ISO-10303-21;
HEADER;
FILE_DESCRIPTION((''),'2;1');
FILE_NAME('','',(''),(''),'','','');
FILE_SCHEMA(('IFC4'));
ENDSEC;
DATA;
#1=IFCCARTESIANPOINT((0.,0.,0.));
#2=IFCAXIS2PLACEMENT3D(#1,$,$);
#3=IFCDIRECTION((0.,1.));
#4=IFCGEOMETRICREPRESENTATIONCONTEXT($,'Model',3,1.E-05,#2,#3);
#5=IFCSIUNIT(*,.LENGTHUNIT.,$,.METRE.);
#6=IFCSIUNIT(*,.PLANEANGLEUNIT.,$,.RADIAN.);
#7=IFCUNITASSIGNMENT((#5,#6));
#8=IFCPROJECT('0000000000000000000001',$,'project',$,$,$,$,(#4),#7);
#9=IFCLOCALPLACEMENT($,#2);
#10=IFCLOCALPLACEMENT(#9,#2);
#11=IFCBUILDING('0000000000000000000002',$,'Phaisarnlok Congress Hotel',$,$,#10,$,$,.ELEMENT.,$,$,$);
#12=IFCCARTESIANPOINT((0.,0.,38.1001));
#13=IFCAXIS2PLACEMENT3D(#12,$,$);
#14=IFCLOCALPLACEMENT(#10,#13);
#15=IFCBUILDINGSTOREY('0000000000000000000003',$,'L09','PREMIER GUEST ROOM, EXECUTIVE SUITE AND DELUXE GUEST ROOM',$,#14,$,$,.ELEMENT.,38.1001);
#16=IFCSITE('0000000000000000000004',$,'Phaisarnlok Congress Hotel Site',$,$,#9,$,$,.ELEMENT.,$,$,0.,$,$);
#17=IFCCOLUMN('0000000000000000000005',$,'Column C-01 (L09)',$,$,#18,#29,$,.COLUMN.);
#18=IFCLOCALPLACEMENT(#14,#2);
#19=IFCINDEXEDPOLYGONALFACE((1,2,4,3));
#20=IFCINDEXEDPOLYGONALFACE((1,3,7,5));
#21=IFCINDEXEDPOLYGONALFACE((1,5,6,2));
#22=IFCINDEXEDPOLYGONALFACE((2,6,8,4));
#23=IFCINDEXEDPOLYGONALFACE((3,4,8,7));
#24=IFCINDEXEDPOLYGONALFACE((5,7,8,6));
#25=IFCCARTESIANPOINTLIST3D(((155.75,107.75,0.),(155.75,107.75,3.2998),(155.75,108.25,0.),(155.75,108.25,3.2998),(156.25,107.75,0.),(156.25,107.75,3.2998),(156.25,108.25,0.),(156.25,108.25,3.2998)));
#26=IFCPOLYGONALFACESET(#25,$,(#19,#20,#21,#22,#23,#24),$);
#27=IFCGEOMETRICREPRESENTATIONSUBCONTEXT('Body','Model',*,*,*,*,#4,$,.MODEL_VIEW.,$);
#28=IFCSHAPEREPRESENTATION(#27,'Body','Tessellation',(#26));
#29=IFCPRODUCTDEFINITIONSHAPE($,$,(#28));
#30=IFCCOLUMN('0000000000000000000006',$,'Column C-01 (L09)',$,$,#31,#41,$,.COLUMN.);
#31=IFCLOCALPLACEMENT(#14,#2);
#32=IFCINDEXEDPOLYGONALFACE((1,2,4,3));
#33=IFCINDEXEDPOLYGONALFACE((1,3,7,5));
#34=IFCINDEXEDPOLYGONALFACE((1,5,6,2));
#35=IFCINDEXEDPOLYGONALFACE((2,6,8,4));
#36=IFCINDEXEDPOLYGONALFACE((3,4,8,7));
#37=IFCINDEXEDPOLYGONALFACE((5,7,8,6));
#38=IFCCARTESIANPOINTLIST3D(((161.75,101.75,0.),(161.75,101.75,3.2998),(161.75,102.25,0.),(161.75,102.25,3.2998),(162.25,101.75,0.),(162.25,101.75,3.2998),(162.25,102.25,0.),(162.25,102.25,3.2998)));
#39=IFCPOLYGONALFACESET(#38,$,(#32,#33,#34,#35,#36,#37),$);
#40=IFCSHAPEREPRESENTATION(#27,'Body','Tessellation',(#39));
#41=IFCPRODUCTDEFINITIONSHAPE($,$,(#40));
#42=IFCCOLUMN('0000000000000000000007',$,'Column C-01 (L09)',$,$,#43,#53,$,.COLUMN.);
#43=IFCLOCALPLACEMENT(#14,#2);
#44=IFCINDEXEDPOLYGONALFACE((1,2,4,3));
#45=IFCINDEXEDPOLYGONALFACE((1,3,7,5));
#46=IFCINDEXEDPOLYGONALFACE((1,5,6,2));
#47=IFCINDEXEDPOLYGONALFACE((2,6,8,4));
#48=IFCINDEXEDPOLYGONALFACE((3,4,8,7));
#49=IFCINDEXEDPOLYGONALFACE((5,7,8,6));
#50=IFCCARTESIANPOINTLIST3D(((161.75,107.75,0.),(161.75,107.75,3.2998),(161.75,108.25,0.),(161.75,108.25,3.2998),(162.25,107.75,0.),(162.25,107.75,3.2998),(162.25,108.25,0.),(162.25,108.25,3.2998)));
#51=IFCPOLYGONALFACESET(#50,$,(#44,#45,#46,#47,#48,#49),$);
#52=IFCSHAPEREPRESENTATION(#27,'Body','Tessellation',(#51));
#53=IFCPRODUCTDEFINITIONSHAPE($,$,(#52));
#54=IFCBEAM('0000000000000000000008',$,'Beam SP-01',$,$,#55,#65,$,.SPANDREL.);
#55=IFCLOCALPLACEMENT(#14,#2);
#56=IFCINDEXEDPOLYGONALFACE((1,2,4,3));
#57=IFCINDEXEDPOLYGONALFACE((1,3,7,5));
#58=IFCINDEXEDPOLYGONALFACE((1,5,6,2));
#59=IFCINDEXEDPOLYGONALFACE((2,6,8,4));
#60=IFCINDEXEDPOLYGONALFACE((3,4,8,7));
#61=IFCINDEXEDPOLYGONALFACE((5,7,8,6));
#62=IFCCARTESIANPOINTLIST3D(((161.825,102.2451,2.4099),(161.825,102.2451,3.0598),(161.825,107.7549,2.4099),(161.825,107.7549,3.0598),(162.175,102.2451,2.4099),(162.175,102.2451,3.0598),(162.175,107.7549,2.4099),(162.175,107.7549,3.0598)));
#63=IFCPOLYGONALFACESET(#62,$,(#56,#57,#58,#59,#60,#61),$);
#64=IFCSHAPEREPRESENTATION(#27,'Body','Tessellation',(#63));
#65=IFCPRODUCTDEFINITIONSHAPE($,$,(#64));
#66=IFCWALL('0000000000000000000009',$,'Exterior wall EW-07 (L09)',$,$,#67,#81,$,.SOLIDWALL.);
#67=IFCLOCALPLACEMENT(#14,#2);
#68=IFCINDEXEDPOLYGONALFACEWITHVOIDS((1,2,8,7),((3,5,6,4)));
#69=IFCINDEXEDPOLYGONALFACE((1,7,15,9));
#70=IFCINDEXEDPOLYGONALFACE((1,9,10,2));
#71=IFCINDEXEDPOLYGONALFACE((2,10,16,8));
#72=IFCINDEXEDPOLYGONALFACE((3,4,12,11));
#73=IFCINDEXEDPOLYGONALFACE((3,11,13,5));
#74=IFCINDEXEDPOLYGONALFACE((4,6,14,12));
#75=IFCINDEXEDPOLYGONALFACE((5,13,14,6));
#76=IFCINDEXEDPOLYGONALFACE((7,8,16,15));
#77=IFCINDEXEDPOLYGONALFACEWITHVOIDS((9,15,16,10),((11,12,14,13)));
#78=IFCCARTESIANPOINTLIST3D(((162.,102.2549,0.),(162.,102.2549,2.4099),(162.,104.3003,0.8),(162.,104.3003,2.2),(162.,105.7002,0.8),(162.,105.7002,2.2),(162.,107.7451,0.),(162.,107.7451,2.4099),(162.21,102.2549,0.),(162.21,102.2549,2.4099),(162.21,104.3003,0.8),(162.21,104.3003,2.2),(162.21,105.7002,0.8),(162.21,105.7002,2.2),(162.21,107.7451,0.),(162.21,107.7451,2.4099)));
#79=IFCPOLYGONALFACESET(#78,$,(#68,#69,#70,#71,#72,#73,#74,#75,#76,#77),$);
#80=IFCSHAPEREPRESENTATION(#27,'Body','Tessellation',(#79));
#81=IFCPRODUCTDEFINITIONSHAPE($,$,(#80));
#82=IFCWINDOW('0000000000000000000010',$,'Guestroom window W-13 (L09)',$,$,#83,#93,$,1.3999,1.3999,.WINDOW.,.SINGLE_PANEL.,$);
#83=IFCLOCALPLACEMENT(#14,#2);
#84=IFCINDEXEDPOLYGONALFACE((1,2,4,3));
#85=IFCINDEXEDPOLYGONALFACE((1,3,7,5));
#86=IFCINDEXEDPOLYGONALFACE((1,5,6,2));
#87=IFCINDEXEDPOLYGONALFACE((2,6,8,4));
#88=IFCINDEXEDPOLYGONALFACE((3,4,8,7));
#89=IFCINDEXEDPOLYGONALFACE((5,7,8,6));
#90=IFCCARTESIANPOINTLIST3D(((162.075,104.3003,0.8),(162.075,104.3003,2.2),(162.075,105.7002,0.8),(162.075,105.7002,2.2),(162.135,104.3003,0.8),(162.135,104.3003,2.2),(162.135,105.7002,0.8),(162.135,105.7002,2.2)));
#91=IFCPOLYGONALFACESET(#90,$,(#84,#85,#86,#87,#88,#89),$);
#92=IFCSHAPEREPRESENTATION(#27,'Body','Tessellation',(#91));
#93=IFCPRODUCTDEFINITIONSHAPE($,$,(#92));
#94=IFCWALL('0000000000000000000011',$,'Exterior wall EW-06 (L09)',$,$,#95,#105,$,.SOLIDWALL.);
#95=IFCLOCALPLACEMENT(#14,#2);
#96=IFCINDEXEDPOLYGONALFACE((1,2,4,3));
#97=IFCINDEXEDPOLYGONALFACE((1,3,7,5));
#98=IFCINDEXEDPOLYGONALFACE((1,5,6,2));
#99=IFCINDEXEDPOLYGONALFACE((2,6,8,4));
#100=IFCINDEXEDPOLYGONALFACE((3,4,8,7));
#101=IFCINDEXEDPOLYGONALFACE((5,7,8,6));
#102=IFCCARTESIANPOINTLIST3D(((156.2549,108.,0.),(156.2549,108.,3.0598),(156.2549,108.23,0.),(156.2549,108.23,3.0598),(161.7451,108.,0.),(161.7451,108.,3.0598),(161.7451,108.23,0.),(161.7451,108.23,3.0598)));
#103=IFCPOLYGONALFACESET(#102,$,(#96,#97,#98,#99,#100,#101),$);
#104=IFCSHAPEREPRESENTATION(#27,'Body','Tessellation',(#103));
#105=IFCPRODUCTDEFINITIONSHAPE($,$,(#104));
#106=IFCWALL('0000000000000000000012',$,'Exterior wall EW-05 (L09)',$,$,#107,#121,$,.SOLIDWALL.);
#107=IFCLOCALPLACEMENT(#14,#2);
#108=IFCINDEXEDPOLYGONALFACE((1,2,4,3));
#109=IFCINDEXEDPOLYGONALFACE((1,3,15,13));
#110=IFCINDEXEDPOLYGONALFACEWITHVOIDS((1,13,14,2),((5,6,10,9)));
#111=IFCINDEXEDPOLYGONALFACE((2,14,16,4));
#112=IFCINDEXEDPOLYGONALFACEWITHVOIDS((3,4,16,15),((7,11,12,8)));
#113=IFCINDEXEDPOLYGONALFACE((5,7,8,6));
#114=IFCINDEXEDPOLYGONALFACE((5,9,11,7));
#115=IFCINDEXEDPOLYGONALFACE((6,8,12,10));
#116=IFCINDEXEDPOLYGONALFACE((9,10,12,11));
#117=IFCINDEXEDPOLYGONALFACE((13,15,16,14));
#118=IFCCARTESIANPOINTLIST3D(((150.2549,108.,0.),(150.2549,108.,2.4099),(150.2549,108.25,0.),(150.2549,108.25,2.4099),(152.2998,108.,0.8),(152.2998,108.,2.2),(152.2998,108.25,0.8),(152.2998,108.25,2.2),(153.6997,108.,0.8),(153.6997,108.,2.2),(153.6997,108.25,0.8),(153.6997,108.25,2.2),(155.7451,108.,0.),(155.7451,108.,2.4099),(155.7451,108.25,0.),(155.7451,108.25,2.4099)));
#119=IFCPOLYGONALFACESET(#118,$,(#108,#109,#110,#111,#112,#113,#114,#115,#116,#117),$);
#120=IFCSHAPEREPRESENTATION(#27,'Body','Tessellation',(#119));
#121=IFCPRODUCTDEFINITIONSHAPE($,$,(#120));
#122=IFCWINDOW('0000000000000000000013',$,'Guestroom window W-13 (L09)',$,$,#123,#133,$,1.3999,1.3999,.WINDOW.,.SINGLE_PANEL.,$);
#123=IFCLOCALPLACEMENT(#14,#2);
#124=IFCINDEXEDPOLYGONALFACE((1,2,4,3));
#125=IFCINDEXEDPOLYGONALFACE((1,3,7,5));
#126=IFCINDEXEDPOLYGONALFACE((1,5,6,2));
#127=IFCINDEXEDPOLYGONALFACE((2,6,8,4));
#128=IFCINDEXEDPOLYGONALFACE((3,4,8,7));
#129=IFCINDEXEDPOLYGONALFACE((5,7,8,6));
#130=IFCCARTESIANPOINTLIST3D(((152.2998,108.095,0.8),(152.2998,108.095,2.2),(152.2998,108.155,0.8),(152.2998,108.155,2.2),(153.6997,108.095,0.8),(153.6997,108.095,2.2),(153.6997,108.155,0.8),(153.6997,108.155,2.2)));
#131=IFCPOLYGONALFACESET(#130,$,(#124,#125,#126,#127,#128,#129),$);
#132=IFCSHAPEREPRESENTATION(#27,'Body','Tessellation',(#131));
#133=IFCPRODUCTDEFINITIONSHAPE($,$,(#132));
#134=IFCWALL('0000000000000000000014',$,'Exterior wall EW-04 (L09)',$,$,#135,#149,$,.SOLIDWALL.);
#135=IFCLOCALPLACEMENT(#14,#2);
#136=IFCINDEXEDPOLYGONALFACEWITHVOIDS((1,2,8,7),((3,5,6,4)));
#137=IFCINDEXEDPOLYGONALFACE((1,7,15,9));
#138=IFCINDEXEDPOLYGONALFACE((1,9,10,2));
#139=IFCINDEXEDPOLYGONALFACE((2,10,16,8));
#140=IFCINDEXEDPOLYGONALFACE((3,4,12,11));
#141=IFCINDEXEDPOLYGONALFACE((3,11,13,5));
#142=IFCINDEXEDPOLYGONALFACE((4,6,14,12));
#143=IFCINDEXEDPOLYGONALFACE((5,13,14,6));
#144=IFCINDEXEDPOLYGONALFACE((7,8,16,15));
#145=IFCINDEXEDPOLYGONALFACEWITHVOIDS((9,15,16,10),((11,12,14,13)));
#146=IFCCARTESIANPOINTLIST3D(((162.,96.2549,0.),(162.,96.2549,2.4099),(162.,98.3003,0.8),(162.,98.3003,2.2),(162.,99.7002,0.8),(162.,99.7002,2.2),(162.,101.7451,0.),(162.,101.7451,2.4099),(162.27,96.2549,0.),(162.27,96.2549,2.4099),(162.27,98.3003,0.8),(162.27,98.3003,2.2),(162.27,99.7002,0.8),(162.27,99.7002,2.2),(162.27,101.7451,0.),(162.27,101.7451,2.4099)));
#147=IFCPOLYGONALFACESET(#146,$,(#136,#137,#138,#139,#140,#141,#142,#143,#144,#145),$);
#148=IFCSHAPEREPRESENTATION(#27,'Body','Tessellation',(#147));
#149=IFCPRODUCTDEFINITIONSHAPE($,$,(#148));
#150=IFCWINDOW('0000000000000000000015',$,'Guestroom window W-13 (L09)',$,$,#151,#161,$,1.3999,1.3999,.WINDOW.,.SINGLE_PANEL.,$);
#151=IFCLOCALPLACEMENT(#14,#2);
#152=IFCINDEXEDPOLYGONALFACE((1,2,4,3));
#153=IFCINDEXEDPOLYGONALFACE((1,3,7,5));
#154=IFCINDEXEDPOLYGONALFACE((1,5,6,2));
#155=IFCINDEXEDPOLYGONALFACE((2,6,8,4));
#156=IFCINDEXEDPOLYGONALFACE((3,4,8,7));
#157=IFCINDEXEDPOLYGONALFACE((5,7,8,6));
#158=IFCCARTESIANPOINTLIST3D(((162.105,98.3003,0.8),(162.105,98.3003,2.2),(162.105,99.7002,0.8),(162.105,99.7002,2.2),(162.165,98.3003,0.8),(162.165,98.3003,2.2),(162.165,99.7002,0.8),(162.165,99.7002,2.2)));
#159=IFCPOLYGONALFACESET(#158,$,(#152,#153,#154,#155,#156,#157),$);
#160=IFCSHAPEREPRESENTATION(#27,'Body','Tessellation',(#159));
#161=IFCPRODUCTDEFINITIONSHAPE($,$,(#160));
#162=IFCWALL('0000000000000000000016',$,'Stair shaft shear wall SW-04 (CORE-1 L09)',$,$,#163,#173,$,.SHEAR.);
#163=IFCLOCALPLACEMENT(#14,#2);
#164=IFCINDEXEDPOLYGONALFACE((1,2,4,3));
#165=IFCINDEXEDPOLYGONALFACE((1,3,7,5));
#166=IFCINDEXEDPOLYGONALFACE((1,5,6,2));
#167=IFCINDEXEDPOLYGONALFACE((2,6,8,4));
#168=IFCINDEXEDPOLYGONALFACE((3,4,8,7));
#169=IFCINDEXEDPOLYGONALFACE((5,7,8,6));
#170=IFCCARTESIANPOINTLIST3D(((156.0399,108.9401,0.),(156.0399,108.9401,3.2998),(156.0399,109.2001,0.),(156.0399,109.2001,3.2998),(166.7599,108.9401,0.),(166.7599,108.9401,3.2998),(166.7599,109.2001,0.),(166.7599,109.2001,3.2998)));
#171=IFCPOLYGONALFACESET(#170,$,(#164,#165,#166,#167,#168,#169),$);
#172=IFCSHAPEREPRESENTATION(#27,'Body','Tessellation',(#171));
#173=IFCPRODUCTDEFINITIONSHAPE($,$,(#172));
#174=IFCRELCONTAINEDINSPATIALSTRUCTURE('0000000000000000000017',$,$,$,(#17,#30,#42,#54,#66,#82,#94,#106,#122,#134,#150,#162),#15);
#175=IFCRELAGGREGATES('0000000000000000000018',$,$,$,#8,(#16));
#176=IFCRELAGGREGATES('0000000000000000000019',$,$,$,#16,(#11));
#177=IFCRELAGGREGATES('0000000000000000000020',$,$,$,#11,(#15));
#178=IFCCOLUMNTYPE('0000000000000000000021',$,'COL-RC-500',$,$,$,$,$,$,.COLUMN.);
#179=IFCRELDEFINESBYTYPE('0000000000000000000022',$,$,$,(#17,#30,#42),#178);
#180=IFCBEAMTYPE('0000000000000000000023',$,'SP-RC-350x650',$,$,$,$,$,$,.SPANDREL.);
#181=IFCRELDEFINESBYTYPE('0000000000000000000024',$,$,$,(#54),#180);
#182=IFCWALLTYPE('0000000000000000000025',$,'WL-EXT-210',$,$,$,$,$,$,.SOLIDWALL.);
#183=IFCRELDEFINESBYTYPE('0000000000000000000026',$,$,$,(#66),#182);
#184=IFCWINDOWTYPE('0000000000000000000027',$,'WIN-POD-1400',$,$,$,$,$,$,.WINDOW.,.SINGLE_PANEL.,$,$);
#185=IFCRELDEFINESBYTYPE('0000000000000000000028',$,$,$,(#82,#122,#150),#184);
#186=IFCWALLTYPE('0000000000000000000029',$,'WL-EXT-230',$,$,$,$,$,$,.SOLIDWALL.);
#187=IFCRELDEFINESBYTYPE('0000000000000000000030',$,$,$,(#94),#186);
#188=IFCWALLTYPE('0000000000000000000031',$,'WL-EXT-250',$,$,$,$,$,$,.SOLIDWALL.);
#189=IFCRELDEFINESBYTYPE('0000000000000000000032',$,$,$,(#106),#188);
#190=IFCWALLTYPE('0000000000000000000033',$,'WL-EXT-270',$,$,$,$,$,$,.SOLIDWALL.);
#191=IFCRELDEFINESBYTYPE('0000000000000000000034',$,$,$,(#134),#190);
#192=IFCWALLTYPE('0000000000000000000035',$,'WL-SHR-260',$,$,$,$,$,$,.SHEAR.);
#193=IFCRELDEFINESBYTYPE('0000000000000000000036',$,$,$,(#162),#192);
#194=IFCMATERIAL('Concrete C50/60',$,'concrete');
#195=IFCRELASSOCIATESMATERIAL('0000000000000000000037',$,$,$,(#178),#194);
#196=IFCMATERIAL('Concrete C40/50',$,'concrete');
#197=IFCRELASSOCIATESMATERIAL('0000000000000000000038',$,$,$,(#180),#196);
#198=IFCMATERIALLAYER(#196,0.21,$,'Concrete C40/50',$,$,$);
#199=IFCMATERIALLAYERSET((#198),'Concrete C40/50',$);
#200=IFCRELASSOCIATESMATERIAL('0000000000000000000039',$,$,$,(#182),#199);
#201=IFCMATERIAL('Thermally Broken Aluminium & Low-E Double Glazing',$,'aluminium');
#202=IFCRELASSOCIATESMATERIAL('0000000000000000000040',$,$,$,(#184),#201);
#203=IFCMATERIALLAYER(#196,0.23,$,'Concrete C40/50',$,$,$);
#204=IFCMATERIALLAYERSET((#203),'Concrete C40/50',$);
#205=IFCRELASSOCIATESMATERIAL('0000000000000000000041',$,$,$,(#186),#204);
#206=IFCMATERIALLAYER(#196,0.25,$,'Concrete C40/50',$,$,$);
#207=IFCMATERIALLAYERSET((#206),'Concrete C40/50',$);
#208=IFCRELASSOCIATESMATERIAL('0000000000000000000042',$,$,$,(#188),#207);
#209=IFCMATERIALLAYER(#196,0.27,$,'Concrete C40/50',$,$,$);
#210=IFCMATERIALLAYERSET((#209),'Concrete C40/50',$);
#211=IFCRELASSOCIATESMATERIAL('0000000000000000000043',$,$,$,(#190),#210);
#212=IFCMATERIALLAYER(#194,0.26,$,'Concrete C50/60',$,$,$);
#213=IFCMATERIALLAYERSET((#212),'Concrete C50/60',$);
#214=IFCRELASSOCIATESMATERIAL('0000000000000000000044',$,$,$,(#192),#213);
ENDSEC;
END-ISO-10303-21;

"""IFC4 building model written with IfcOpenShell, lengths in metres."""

from ifc_helpers import new_model, si_unit, direction, frame, frame_2d, origin, origin_2d, place, context, subcontext, project, spatial, rectangle, extrude, material, layer, layer_set, material_profile, profile_set, type_object, element, fill, save


model = new_model("IFC4")

# Units and contexts
model_context = context("Model", 3, precision=1e-05, world=origin(), true_north=direction((0.0, 1.0)))
body_context = subcontext(model_context, "Body", "Model", "MODEL_VIEW")
ifc_project = project(units=[si_unit("LENGTHUNIT", "METRE"), si_unit("PLANEANGLEUNIT", "RADIAN")], contexts=[model_context])

# Site, building, storey
site_placement = place(None, origin())
site = spatial("IfcSite", under=ifc_project, at=site_placement, Name="Phaisarnlok Congress Hotel Site", CompositionType="ELEMENT", RefElevation=0.0)
building_placement = place(site_placement, origin())
building = spatial("IfcBuilding", under=site, at=building_placement, Name="Phaisarnlok Congress Hotel", CompositionType="ELEMENT")
storey_placement = place(building_placement, frame((0.0, 0.0, 38.1001)))
storey = spatial("IfcBuildingStorey", under=building, at=storey_placement, Name="L09", Description="PREMIER GUEST ROOM, EXECUTIVE SUITE AND DELUXE GUEST ROOM", CompositionType="ELEMENT", Elevation=38.1001)

# Columns
ifc_material_1 = material(Name="Concrete C50/60", Category="concrete")
ifc_material_profile_1 = material_profile(ifc_material_1, rectangle(XDim=0.5, YDim=0.5, at=origin_2d()), Name="RC 500x500")
ifc_profile_set_1 = profile_set([ifc_material_profile_1], Name="Concrete C50/60")
column_type = type_object("IfcColumnType", Name="COL-RC-500", PredefinedType="COLUMN", material=ifc_profile_set_1)
for number, where, z_axis, x_axis, name in (
    (1, (156.0, 108.0, 0.0), (0.0, 0.0, 1.0), (1.0, 0.0, 0.0), "Column C-01 (L09)"),
    (2, (162.0, 102.0, 0.0), (0.0, 0.0, 1.0), (1.0, 0.0, 0.0), "Column C-01 (L09)"),
    (3, (162.0, 108.0, 0.0), (0.0, 0.0, 1.0), (1.0, 0.0, 0.0), "Column C-01 (L09)"),
):
    element("IfcColumn", number, at=place(storey_placement, frame(where, z_axis=z_axis, x_axis=x_axis)), inside=storey, type_object=column_type, Name=name, PredefinedType="COLUMN", context=body_context, shape_type="SweptSolid", body=[
        extrude(rectangle(XDim=0.5, YDim=0.5, at=origin_2d()), origin(), (0.0, 0.0, 1.0), 3.2998),
    ])

# Beam
ifc_material_2 = material(Name="Concrete C40/50", Category="concrete")
ifc_material_profile_2 = material_profile(ifc_material_2, rectangle(XDim=0.3501, YDim=0.6499, at=origin_2d()), Name="RC 350x650")
ifc_profile_set_2 = profile_set([ifc_material_profile_2], Name="Concrete C40/50")
beam_type = type_object("IfcBeamType", Name="SP-RC-350x650", PredefinedType="SPANDREL", material=ifc_profile_set_2)
beam_placement = place(storey_placement, frame((162.0, 102.2451, 2.7349), z_axis=(0.0, 1.0, 0.0), x_axis=(-1.0, 0.0, 0.0)))
element("IfcBeam", 4, at=beam_placement, inside=storey, type_object=beam_type, Name="Beam SP-01", PredefinedType="SPANDREL", context=body_context, shape_type="SweptSolid", body=[
    extrude(rectangle(XDim=0.3501, YDim=0.6499, at=origin_2d()), origin(), (0.0, 0.0, 1.0), 5.5098),
])

# Wall, opening, window
ifc_layer_1 = layer(ifc_material_2, 0.21, Name="Concrete C40/50")
ifc_layer_set_1 = layer_set([ifc_layer_1], Name="Concrete C40/50")
wall_type_1 = type_object("IfcWallType", Name="WL-EXT-210", PredefinedType="SOLIDWALL", material=ifc_layer_set_1)
wall_1_placement = place(storey_placement, frame((162.105, 107.7451, 0.0), z_axis=(0.0, 0.0, 1.0), x_axis=(0.0, -1.0, 0.0)))
wall_1 = element("IfcWall", 5, at=wall_1_placement, inside=storey, type_object=wall_type_1, Name="Exterior wall EW-07 (L09)", PredefinedType="SOLIDWALL", context=body_context, shape_type="SweptSolid", body=[
    extrude(rectangle(XDim=5.4902, YDim=0.21, at=frame_2d((2.7451, 0.0))), origin(), (0.0, 0.0, 1.0), 2.4099),
])
opening_1_placement = place(wall_1_placement, frame((2.0449, 0.0, 0.8)))
opening_1 = element("IfcOpeningElement", 6, at=opening_1_placement, cuts=wall_1, PredefinedType="OPENING", context=body_context, shape_type="SweptSolid", body=[
    extrude(rectangle(XDim=1.3999, YDim=1.3999, at=frame_2d((0.7, 0.7))), frame((0.0, 0.115, 0.0), z_axis=(0.0, -1.0, 0.0), x_axis=(1.0, 0.0, 0.0)), (0.0, 0.0, 1.0), 0.23),
])
ifc_material_3 = material(Name="Thermally Broken Aluminium & Low-E Double Glazing", Category="aluminium")
window_type = type_object("IfcWindowType", Name="WIN-POD-1400", PartitioningType="SINGLE_PANEL", PredefinedType="WINDOW", material=ifc_material_3)
window_1_placement = place(opening_1_placement, origin())
window_1 = element("IfcWindow", 7, at=window_1_placement, inside=storey, type_object=window_type, Name="Guestroom window W-13 (L09)", OverallHeight=1.3999, OverallWidth=1.3999, PartitioningType="SINGLE_PANEL", PredefinedType="WINDOW", context=body_context, shape_type="SweptSolid", body=[
    extrude(rectangle(XDim=1.3999, YDim=1.3999, at=frame_2d((0.7, 0.7))), frame((0.0, 0.03, 0.0), z_axis=(0.0, -1.0, 0.0), x_axis=(1.0, 0.0, 0.0)), (0.0, 0.0, 1.0), 0.0601),
])
fill(opening_1, window_1)

# Wall
ifc_layer_2 = layer(ifc_material_2, 0.23, Name="Concrete C40/50")
ifc_layer_set_2 = layer_set([ifc_layer_2], Name="Concrete C40/50")
wall_type_2 = type_object("IfcWallType", Name="WL-EXT-230", PredefinedType="SOLIDWALL", material=ifc_layer_set_2)
wall_2_placement = place(storey_placement, frame((156.2549, 108.115, 0.0), z_axis=(0.0, 0.0, 1.0), x_axis=(1.0, 0.0, 0.0)))
element("IfcWall", 8, at=wall_2_placement, inside=storey, type_object=wall_type_2, Name="Exterior wall EW-06 (L09)", PredefinedType="SOLIDWALL", context=body_context, shape_type="SweptSolid", body=[
    extrude(rectangle(XDim=5.4902, YDim=0.23, at=frame_2d((2.7451, 0.0))), origin(), (0.0, 0.0, 1.0), 3.0598),
])

# Walls, openings, windows
ifc_layer_3 = layer(ifc_material_2, 0.25, Name="Concrete C40/50")
ifc_layer_set_3 = layer_set([ifc_layer_3], Name="Concrete C40/50")
wall_type_3 = type_object("IfcWallType", Name="WL-EXT-250", PredefinedType="SOLIDWALL", material=ifc_layer_set_3)
wall_3_placement = place(storey_placement, frame((150.2549, 108.125, 0.0), z_axis=(0.0, 0.0, 1.0), x_axis=(1.0, 0.0, 0.0)))
wall_3 = element("IfcWall", 9, at=wall_3_placement, inside=storey, type_object=wall_type_3, Name="Exterior wall EW-05 (L09)", PredefinedType="SOLIDWALL", context=body_context, shape_type="SweptSolid", body=[
    extrude(rectangle(XDim=5.4902, YDim=0.25, at=frame_2d((2.7451, 0.0))), origin(), (0.0, 0.0, 1.0), 2.4099),
])
opening_2_placement = place(wall_3_placement, frame((2.0449, 0.0, 0.8)))
opening_2 = element("IfcOpeningElement", 10, at=opening_2_placement, cuts=wall_3, PredefinedType="OPENING", context=body_context, shape_type="SweptSolid", body=[
    extrude(rectangle(XDim=1.3999, YDim=1.3999, at=frame_2d((0.7, 0.7))), frame((0.0, 0.135, 0.0), z_axis=(0.0, -1.0, 0.0), x_axis=(1.0, 0.0, 0.0)), (0.0, 0.0, 1.0), 0.27),
])
window_2_placement = place(opening_2_placement, origin())
window_2 = element("IfcWindow", 11, at=window_2_placement, inside=storey, type_object=window_type, Name="Guestroom window W-13 (L09)", OverallHeight=1.3999, OverallWidth=1.3999, PartitioningType="SINGLE_PANEL", PredefinedType="WINDOW", context=body_context, shape_type="SweptSolid", body=[
    extrude(rectangle(XDim=1.3999, YDim=1.3999, at=frame_2d((0.7, 0.7))), frame((0.0, 0.03, 0.0), z_axis=(0.0, -1.0, 0.0), x_axis=(1.0, 0.0, 0.0)), (0.0, 0.0, 1.0), 0.0601),
])
fill(opening_2, window_2)
ifc_layer_4 = layer(ifc_material_2, 0.27, Name="Concrete C40/50")
ifc_layer_set_4 = layer_set([ifc_layer_4], Name="Concrete C40/50")
wall_type_4 = type_object("IfcWallType", Name="WL-EXT-270", PredefinedType="SOLIDWALL", material=ifc_layer_set_4)
wall_4_placement = place(storey_placement, frame((162.135, 101.7451, 0.0), z_axis=(0.0, 0.0, 1.0), x_axis=(0.0, -1.0, 0.0)))
wall_4 = element("IfcWall", 12, at=wall_4_placement, inside=storey, type_object=wall_type_4, Name="Exterior wall EW-04 (L09)", PredefinedType="SOLIDWALL", context=body_context, shape_type="SweptSolid", body=[
    extrude(rectangle(XDim=5.4902, YDim=0.27, at=frame_2d((2.7451, 0.0))), origin(), (0.0, 0.0, 1.0), 2.4099),
])
opening_3_placement = place(wall_4_placement, frame((2.0449, 0.0, 0.8)))
opening_3 = element("IfcOpeningElement", 13, at=opening_3_placement, cuts=wall_4, PredefinedType="OPENING", context=body_context, shape_type="SweptSolid", body=[
    extrude(rectangle(XDim=1.3999, YDim=1.3999, at=frame_2d((0.7, 0.7))), frame((0.0, 0.145, 0.0), z_axis=(0.0, -1.0, 0.0), x_axis=(1.0, 0.0, 0.0)), (0.0, 0.0, 1.0), 0.29),
])
window_3_placement = place(opening_3_placement, origin())
window_3 = element("IfcWindow", 14, at=window_3_placement, inside=storey, type_object=window_type, Name="Guestroom window W-13 (L09)", OverallHeight=1.3999, OverallWidth=1.3999, PartitioningType="SINGLE_PANEL", PredefinedType="WINDOW", context=body_context, shape_type="SweptSolid", body=[
    extrude(rectangle(XDim=1.3999, YDim=1.3999, at=frame_2d((0.7, 0.7))), frame((0.0, 0.03, 0.0), z_axis=(0.0, -1.0, 0.0), x_axis=(1.0, 0.0, 0.0)), (0.0, 0.0, 1.0), 0.0601),
])
fill(opening_3, window_3)

# Wall
ifc_layer_5 = layer(ifc_material_1, 0.26, Name="Concrete C50/60")
ifc_layer_set_5 = layer_set([ifc_layer_5], Name="Concrete C50/60")
wall_type_5 = type_object("IfcWallType", Name="WL-SHR-260", PredefinedType="SHEAR", material=ifc_layer_set_5)
wall_5_placement = place(storey_placement, frame((156.04, 109.0701, 0.0), z_axis=(0.0, 0.0, 1.0), x_axis=(1.0, 0.0, 0.0)))
element("IfcWall", 15, at=wall_5_placement, inside=storey, type_object=wall_type_5, Name="Stair shaft shear wall SW-04 (CORE-1 L09)", PredefinedType="SHEAR", context=body_context, shape_type="SweptSolid", body=[
    extrude(rectangle(XDim=10.72, YDim=0.26, at=frame_2d((5.3599, 0.0))), origin(), (0.0, 0.0, 1.0), 3.2998),
])

save(model, "model.ifc")
